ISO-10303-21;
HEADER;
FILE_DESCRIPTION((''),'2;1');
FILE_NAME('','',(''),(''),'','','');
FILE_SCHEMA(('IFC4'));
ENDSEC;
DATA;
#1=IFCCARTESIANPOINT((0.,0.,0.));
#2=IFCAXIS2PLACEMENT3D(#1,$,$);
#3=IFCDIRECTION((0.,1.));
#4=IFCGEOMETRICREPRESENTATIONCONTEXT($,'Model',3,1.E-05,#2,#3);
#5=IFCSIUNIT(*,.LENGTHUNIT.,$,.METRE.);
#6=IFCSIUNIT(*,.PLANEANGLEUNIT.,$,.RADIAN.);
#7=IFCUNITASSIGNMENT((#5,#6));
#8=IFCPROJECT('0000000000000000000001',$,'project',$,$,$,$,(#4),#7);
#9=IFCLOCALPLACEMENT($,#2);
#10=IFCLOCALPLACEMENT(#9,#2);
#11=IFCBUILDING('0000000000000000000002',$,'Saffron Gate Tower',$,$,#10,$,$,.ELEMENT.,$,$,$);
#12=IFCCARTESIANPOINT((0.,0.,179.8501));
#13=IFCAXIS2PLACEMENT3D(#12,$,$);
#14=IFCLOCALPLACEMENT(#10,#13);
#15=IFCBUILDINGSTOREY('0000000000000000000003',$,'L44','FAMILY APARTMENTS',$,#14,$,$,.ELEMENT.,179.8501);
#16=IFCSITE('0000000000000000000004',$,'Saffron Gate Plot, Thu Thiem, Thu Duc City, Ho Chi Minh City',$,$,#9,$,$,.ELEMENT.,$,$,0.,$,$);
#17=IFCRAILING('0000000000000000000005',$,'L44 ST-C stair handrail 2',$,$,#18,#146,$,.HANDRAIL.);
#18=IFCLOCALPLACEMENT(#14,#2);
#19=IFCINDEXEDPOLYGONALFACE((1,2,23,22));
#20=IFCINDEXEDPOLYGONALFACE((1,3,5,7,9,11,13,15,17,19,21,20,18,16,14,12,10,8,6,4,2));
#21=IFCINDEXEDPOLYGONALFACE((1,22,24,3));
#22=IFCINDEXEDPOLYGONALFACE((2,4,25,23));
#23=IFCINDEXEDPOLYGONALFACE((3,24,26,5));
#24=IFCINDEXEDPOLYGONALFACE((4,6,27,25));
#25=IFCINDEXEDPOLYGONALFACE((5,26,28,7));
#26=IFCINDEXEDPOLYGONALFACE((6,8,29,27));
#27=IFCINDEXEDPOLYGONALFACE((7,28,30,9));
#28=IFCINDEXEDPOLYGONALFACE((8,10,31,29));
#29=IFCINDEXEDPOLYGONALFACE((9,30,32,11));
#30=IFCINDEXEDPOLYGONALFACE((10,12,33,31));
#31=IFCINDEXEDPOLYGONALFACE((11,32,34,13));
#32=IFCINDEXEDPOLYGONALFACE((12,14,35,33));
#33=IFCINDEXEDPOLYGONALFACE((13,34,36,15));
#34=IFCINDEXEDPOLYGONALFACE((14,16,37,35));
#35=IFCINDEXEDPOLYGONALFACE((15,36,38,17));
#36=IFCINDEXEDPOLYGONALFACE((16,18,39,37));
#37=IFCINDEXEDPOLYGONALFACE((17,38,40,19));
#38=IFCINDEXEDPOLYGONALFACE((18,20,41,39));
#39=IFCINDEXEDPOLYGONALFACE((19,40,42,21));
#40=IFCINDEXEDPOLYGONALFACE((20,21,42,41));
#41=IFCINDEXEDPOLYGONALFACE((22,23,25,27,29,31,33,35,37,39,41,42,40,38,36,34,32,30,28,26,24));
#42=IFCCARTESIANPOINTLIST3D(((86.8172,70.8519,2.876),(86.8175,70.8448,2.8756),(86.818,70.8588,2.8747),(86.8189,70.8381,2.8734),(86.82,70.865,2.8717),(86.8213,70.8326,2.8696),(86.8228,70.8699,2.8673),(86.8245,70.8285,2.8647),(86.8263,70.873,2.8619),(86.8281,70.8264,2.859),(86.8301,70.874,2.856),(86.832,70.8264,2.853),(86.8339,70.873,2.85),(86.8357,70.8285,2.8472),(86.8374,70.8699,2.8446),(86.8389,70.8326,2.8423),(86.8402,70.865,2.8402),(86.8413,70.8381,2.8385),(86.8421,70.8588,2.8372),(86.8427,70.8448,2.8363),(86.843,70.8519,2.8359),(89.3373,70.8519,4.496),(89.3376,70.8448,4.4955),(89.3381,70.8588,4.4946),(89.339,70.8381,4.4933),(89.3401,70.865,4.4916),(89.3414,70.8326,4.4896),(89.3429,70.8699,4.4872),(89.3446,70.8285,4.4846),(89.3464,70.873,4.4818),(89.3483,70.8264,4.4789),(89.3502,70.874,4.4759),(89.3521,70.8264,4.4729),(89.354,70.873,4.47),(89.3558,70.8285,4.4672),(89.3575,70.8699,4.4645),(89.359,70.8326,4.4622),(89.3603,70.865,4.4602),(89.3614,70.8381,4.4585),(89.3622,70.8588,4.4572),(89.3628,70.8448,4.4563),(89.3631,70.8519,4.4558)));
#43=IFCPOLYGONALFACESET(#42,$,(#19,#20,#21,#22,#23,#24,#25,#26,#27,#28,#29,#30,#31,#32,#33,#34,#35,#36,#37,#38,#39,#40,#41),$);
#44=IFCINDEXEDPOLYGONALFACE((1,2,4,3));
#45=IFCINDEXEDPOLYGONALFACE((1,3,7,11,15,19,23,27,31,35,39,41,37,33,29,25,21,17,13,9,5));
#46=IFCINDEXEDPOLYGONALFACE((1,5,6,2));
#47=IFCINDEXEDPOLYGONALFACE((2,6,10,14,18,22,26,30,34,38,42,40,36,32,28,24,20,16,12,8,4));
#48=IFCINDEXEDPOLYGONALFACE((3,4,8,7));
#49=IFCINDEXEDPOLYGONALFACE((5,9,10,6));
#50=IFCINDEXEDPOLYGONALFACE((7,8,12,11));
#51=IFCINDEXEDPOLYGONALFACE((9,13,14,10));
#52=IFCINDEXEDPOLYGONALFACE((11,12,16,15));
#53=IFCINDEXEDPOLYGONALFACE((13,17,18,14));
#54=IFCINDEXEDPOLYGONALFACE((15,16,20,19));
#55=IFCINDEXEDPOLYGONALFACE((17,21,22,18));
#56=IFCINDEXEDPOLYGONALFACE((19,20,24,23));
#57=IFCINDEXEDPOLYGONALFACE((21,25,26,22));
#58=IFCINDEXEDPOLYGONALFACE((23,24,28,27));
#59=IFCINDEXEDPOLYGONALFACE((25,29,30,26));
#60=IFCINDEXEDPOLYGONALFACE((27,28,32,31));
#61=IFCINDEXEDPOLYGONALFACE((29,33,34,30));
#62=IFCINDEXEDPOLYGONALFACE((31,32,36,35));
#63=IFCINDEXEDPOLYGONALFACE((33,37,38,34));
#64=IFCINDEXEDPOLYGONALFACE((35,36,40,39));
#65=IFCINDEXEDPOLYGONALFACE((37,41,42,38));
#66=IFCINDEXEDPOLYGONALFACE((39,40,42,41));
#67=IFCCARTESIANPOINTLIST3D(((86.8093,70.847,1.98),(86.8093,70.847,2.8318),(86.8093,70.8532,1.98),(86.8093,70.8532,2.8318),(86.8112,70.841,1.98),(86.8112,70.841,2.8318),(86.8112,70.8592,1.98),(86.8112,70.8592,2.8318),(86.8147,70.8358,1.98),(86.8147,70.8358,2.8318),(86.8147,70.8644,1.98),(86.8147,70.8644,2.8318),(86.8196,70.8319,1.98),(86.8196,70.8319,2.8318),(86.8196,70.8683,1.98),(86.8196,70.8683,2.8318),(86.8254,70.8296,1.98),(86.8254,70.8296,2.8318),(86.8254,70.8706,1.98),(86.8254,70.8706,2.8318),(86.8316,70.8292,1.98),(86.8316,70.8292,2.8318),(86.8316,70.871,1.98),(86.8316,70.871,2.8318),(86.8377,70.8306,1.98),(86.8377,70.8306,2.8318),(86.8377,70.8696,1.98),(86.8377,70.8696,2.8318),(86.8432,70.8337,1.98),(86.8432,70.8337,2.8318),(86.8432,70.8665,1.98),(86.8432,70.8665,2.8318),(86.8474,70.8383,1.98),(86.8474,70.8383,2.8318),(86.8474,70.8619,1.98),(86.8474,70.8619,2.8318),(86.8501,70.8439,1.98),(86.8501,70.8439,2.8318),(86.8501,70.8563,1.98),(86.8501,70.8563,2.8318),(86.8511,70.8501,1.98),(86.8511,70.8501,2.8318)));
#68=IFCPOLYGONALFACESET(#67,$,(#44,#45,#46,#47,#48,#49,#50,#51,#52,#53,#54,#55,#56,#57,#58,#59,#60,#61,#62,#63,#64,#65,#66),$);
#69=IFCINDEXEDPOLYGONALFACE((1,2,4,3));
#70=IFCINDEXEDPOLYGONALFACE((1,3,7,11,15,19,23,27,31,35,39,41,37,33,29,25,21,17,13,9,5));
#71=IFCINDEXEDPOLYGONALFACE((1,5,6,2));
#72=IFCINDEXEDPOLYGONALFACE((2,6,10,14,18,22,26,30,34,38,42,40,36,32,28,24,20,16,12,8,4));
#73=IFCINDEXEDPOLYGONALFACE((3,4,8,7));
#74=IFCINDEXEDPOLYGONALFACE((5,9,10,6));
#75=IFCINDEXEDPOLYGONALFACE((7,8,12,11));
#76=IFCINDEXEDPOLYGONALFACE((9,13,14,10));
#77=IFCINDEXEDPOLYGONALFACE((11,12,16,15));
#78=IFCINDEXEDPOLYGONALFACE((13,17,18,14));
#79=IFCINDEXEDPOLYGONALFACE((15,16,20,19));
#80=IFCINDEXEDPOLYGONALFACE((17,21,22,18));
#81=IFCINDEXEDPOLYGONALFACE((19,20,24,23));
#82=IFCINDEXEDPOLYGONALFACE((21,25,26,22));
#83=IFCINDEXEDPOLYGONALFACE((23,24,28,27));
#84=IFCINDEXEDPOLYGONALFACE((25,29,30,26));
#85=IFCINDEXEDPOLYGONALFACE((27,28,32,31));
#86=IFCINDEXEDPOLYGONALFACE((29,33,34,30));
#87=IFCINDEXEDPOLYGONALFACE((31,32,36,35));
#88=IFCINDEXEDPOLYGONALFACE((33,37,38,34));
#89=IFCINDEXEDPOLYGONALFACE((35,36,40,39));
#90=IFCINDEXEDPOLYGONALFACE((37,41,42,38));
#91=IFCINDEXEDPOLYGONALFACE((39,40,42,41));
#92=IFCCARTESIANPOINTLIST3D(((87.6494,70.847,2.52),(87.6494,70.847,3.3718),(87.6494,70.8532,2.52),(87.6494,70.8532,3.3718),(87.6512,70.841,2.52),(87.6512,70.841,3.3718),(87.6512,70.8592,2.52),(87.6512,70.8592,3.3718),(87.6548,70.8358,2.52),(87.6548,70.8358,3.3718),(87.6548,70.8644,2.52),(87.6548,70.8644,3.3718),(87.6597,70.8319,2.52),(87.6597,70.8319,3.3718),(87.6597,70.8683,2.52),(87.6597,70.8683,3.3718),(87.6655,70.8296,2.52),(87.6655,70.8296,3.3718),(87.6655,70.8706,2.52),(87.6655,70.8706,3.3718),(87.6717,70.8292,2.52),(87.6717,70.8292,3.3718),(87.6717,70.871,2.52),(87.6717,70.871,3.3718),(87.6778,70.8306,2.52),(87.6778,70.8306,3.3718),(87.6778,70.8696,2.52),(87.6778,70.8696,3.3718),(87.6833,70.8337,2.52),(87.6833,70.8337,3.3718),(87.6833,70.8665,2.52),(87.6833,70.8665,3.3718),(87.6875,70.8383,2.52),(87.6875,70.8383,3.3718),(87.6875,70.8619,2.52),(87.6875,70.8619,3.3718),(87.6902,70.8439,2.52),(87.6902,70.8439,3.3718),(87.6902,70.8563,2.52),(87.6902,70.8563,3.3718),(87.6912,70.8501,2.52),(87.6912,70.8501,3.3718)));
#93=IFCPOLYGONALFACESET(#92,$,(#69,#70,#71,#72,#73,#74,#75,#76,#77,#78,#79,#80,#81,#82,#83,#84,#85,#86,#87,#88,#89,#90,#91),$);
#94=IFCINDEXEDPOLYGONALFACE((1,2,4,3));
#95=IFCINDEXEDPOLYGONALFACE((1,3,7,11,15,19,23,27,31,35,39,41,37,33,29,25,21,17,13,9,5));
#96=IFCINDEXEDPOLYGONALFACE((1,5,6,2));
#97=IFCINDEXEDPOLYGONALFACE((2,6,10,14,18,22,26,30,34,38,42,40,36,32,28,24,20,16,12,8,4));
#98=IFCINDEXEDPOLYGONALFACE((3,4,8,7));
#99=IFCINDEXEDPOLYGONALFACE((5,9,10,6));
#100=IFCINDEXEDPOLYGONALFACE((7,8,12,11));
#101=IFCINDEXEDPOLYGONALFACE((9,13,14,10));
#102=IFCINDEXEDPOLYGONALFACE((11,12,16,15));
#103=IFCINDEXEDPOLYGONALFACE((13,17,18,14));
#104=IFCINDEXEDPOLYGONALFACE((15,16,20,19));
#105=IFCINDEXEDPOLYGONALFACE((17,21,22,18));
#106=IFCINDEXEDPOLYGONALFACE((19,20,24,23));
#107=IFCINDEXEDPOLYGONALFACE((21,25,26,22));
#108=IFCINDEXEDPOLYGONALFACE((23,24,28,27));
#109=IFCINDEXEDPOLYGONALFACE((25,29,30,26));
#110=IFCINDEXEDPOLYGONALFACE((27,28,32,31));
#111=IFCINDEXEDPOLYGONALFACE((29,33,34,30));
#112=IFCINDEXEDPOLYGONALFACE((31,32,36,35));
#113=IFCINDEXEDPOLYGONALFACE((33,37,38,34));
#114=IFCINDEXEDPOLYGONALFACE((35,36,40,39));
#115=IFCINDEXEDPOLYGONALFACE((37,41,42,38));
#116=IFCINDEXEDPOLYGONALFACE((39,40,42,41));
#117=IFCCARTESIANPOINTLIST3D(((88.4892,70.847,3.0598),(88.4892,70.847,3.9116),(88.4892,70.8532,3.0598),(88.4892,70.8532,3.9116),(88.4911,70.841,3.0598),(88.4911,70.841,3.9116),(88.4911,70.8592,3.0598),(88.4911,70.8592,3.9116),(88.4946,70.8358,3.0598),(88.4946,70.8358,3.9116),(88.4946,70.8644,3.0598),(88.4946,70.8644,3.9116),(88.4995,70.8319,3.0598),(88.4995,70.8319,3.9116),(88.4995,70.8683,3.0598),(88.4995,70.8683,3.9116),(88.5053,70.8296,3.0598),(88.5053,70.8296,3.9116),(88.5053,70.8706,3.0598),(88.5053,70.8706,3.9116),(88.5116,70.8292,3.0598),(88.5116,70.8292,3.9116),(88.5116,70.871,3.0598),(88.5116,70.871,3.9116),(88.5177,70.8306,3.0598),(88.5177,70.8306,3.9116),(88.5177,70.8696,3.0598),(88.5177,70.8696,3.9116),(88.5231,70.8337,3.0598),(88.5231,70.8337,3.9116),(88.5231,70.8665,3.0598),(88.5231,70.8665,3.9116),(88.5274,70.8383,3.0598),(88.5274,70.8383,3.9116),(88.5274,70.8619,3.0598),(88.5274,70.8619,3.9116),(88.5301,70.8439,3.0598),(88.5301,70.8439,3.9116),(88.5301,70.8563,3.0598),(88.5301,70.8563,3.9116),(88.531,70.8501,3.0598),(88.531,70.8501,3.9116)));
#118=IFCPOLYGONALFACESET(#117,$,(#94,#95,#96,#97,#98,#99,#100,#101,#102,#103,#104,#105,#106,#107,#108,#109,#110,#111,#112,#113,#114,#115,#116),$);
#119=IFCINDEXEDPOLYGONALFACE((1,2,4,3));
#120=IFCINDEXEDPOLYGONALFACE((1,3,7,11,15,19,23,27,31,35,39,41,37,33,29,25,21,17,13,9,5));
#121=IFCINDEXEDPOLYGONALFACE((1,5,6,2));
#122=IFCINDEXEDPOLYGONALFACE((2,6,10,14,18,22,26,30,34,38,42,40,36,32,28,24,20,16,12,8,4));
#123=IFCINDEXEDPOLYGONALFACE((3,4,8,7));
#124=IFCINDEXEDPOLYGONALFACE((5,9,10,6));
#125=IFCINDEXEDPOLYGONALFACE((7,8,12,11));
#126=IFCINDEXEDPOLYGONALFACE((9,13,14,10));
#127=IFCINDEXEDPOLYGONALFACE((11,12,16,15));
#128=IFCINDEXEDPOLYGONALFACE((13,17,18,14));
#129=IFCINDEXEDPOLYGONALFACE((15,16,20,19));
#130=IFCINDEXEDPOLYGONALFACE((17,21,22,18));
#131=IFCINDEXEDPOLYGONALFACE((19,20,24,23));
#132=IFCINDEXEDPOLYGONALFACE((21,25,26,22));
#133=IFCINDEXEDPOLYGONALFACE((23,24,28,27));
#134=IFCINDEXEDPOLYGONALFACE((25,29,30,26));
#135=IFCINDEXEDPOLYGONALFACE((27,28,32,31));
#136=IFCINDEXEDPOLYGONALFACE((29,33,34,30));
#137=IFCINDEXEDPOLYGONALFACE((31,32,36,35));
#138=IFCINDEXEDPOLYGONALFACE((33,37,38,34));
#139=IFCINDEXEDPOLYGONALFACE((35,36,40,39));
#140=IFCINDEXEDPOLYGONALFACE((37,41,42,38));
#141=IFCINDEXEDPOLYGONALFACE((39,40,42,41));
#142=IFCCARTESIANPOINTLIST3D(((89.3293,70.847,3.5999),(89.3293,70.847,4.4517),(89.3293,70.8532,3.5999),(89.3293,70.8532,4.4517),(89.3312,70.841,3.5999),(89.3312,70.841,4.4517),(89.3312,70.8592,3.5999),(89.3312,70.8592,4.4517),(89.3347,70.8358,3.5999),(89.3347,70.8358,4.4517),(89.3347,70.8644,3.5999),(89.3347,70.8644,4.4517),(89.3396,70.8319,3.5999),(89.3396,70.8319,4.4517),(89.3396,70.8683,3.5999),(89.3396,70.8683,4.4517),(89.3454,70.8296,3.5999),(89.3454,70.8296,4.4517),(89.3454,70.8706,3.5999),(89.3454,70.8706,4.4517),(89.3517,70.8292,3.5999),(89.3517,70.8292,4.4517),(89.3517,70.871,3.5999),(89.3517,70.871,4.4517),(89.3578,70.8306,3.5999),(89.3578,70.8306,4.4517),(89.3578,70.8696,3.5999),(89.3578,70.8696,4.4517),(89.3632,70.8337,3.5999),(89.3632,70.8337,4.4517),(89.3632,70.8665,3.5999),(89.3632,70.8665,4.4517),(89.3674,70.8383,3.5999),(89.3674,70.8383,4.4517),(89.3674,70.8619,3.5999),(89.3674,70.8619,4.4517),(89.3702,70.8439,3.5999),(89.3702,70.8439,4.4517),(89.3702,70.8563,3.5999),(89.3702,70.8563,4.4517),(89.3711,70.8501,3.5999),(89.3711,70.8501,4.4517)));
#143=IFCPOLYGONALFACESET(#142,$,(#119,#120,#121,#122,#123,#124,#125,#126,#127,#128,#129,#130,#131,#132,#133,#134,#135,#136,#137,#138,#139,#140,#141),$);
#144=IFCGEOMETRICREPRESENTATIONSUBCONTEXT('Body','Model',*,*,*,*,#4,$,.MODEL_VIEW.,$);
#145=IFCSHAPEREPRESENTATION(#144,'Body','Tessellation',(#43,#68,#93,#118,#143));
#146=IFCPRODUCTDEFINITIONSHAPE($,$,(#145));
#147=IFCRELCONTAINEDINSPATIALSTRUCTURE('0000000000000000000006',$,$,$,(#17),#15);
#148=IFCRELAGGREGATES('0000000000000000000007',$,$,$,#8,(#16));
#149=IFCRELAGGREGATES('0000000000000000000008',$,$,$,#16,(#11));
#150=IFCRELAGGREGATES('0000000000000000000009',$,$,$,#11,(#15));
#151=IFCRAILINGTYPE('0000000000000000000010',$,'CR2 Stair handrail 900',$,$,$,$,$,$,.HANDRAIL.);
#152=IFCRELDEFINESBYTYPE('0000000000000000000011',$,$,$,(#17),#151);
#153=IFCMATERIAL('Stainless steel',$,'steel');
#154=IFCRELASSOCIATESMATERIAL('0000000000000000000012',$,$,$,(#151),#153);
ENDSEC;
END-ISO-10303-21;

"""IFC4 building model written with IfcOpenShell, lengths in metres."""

from ifc_helpers import new_model, si_unit, direction, frame, origin, origin_2d, place, context, subcontext, project, spatial, circle, extrude, material, type_object, element, save


model = new_model("IFC4")

# Units and contexts
model_context = context("Model", 3, precision=1e-05, world=origin(), true_north=direction((0.0, 1.0)))
body_context = subcontext(model_context, "Body", "Model", "MODEL_VIEW")
ifc_project = project(units=[si_unit("LENGTHUNIT", "METRE"), si_unit("PLANEANGLEUNIT", "RADIAN")], contexts=[model_context])

# Site, building, storey
site_placement = place(None, origin())
site = spatial("IfcSite", under=ifc_project, at=site_placement, Name="Saffron Gate Plot, Thu Thiem, Thu Duc City, Ho Chi Minh City", CompositionType="ELEMENT", RefElevation=0.0)
building_placement = place(site_placement, origin())
building = spatial("IfcBuilding", under=site, at=building_placement, Name="Saffron Gate Tower", CompositionType="ELEMENT")
storey_placement = place(building_placement, frame((0.0, 0.0, 179.8501)))
storey = spatial("IfcBuildingStorey", under=building, at=storey_placement, Name="L44", Description="FAMILY APARTMENTS", CompositionType="ELEMENT", Elevation=179.8501)

# Railing
ifc_material_1 = material(Name="Stainless steel", Category="steel")
railing_type_1 = type_object("IfcRailingType", Name="CR2 Stair handrail 900", PredefinedType="HANDRAIL", material=ifc_material_1)
railing_1_placement = place(storey_placement, frame((86.8301, 70.8501, 1.98)))
element("IfcRailing", 1, at=railing_1_placement, inside=storey, type_object=railing_type_1, Name="L44 ST-C stair handrail 2", PredefinedType="HANDRAIL", context=body_context, shape_type="SweptSolid", body=[
    extrude(circle(Radius=0.0239, at=origin_2d()), frame((0.0, 0.0, 0.876), z_axis=(0.8412, 0.0, 0.540725), x_axis=(0.0, 1.0, 0.0)), (0.0, 0.0, 1.0), 2.9958),
    extrude(circle(Radius=0.021, at=origin_2d()), origin(), (0.0, 0.0, 1.0), 0.8518),
    extrude(circle(Radius=0.021, at=origin_2d()), frame((0.8401, 0.0, 0.54)), (0.0, 0.0, 1.0), 0.8518),
    extrude(circle(Radius=0.021, at=origin_2d()), frame((1.6799, 0.0, 1.0798)), (0.0, 0.0, 1.0), 0.8518),
    extrude(circle(Radius=0.021, at=origin_2d()), frame((2.52, 0.0, 1.6199)), (0.0, 0.0, 1.0), 0.8518),
])

save(model, "model.ifc")
